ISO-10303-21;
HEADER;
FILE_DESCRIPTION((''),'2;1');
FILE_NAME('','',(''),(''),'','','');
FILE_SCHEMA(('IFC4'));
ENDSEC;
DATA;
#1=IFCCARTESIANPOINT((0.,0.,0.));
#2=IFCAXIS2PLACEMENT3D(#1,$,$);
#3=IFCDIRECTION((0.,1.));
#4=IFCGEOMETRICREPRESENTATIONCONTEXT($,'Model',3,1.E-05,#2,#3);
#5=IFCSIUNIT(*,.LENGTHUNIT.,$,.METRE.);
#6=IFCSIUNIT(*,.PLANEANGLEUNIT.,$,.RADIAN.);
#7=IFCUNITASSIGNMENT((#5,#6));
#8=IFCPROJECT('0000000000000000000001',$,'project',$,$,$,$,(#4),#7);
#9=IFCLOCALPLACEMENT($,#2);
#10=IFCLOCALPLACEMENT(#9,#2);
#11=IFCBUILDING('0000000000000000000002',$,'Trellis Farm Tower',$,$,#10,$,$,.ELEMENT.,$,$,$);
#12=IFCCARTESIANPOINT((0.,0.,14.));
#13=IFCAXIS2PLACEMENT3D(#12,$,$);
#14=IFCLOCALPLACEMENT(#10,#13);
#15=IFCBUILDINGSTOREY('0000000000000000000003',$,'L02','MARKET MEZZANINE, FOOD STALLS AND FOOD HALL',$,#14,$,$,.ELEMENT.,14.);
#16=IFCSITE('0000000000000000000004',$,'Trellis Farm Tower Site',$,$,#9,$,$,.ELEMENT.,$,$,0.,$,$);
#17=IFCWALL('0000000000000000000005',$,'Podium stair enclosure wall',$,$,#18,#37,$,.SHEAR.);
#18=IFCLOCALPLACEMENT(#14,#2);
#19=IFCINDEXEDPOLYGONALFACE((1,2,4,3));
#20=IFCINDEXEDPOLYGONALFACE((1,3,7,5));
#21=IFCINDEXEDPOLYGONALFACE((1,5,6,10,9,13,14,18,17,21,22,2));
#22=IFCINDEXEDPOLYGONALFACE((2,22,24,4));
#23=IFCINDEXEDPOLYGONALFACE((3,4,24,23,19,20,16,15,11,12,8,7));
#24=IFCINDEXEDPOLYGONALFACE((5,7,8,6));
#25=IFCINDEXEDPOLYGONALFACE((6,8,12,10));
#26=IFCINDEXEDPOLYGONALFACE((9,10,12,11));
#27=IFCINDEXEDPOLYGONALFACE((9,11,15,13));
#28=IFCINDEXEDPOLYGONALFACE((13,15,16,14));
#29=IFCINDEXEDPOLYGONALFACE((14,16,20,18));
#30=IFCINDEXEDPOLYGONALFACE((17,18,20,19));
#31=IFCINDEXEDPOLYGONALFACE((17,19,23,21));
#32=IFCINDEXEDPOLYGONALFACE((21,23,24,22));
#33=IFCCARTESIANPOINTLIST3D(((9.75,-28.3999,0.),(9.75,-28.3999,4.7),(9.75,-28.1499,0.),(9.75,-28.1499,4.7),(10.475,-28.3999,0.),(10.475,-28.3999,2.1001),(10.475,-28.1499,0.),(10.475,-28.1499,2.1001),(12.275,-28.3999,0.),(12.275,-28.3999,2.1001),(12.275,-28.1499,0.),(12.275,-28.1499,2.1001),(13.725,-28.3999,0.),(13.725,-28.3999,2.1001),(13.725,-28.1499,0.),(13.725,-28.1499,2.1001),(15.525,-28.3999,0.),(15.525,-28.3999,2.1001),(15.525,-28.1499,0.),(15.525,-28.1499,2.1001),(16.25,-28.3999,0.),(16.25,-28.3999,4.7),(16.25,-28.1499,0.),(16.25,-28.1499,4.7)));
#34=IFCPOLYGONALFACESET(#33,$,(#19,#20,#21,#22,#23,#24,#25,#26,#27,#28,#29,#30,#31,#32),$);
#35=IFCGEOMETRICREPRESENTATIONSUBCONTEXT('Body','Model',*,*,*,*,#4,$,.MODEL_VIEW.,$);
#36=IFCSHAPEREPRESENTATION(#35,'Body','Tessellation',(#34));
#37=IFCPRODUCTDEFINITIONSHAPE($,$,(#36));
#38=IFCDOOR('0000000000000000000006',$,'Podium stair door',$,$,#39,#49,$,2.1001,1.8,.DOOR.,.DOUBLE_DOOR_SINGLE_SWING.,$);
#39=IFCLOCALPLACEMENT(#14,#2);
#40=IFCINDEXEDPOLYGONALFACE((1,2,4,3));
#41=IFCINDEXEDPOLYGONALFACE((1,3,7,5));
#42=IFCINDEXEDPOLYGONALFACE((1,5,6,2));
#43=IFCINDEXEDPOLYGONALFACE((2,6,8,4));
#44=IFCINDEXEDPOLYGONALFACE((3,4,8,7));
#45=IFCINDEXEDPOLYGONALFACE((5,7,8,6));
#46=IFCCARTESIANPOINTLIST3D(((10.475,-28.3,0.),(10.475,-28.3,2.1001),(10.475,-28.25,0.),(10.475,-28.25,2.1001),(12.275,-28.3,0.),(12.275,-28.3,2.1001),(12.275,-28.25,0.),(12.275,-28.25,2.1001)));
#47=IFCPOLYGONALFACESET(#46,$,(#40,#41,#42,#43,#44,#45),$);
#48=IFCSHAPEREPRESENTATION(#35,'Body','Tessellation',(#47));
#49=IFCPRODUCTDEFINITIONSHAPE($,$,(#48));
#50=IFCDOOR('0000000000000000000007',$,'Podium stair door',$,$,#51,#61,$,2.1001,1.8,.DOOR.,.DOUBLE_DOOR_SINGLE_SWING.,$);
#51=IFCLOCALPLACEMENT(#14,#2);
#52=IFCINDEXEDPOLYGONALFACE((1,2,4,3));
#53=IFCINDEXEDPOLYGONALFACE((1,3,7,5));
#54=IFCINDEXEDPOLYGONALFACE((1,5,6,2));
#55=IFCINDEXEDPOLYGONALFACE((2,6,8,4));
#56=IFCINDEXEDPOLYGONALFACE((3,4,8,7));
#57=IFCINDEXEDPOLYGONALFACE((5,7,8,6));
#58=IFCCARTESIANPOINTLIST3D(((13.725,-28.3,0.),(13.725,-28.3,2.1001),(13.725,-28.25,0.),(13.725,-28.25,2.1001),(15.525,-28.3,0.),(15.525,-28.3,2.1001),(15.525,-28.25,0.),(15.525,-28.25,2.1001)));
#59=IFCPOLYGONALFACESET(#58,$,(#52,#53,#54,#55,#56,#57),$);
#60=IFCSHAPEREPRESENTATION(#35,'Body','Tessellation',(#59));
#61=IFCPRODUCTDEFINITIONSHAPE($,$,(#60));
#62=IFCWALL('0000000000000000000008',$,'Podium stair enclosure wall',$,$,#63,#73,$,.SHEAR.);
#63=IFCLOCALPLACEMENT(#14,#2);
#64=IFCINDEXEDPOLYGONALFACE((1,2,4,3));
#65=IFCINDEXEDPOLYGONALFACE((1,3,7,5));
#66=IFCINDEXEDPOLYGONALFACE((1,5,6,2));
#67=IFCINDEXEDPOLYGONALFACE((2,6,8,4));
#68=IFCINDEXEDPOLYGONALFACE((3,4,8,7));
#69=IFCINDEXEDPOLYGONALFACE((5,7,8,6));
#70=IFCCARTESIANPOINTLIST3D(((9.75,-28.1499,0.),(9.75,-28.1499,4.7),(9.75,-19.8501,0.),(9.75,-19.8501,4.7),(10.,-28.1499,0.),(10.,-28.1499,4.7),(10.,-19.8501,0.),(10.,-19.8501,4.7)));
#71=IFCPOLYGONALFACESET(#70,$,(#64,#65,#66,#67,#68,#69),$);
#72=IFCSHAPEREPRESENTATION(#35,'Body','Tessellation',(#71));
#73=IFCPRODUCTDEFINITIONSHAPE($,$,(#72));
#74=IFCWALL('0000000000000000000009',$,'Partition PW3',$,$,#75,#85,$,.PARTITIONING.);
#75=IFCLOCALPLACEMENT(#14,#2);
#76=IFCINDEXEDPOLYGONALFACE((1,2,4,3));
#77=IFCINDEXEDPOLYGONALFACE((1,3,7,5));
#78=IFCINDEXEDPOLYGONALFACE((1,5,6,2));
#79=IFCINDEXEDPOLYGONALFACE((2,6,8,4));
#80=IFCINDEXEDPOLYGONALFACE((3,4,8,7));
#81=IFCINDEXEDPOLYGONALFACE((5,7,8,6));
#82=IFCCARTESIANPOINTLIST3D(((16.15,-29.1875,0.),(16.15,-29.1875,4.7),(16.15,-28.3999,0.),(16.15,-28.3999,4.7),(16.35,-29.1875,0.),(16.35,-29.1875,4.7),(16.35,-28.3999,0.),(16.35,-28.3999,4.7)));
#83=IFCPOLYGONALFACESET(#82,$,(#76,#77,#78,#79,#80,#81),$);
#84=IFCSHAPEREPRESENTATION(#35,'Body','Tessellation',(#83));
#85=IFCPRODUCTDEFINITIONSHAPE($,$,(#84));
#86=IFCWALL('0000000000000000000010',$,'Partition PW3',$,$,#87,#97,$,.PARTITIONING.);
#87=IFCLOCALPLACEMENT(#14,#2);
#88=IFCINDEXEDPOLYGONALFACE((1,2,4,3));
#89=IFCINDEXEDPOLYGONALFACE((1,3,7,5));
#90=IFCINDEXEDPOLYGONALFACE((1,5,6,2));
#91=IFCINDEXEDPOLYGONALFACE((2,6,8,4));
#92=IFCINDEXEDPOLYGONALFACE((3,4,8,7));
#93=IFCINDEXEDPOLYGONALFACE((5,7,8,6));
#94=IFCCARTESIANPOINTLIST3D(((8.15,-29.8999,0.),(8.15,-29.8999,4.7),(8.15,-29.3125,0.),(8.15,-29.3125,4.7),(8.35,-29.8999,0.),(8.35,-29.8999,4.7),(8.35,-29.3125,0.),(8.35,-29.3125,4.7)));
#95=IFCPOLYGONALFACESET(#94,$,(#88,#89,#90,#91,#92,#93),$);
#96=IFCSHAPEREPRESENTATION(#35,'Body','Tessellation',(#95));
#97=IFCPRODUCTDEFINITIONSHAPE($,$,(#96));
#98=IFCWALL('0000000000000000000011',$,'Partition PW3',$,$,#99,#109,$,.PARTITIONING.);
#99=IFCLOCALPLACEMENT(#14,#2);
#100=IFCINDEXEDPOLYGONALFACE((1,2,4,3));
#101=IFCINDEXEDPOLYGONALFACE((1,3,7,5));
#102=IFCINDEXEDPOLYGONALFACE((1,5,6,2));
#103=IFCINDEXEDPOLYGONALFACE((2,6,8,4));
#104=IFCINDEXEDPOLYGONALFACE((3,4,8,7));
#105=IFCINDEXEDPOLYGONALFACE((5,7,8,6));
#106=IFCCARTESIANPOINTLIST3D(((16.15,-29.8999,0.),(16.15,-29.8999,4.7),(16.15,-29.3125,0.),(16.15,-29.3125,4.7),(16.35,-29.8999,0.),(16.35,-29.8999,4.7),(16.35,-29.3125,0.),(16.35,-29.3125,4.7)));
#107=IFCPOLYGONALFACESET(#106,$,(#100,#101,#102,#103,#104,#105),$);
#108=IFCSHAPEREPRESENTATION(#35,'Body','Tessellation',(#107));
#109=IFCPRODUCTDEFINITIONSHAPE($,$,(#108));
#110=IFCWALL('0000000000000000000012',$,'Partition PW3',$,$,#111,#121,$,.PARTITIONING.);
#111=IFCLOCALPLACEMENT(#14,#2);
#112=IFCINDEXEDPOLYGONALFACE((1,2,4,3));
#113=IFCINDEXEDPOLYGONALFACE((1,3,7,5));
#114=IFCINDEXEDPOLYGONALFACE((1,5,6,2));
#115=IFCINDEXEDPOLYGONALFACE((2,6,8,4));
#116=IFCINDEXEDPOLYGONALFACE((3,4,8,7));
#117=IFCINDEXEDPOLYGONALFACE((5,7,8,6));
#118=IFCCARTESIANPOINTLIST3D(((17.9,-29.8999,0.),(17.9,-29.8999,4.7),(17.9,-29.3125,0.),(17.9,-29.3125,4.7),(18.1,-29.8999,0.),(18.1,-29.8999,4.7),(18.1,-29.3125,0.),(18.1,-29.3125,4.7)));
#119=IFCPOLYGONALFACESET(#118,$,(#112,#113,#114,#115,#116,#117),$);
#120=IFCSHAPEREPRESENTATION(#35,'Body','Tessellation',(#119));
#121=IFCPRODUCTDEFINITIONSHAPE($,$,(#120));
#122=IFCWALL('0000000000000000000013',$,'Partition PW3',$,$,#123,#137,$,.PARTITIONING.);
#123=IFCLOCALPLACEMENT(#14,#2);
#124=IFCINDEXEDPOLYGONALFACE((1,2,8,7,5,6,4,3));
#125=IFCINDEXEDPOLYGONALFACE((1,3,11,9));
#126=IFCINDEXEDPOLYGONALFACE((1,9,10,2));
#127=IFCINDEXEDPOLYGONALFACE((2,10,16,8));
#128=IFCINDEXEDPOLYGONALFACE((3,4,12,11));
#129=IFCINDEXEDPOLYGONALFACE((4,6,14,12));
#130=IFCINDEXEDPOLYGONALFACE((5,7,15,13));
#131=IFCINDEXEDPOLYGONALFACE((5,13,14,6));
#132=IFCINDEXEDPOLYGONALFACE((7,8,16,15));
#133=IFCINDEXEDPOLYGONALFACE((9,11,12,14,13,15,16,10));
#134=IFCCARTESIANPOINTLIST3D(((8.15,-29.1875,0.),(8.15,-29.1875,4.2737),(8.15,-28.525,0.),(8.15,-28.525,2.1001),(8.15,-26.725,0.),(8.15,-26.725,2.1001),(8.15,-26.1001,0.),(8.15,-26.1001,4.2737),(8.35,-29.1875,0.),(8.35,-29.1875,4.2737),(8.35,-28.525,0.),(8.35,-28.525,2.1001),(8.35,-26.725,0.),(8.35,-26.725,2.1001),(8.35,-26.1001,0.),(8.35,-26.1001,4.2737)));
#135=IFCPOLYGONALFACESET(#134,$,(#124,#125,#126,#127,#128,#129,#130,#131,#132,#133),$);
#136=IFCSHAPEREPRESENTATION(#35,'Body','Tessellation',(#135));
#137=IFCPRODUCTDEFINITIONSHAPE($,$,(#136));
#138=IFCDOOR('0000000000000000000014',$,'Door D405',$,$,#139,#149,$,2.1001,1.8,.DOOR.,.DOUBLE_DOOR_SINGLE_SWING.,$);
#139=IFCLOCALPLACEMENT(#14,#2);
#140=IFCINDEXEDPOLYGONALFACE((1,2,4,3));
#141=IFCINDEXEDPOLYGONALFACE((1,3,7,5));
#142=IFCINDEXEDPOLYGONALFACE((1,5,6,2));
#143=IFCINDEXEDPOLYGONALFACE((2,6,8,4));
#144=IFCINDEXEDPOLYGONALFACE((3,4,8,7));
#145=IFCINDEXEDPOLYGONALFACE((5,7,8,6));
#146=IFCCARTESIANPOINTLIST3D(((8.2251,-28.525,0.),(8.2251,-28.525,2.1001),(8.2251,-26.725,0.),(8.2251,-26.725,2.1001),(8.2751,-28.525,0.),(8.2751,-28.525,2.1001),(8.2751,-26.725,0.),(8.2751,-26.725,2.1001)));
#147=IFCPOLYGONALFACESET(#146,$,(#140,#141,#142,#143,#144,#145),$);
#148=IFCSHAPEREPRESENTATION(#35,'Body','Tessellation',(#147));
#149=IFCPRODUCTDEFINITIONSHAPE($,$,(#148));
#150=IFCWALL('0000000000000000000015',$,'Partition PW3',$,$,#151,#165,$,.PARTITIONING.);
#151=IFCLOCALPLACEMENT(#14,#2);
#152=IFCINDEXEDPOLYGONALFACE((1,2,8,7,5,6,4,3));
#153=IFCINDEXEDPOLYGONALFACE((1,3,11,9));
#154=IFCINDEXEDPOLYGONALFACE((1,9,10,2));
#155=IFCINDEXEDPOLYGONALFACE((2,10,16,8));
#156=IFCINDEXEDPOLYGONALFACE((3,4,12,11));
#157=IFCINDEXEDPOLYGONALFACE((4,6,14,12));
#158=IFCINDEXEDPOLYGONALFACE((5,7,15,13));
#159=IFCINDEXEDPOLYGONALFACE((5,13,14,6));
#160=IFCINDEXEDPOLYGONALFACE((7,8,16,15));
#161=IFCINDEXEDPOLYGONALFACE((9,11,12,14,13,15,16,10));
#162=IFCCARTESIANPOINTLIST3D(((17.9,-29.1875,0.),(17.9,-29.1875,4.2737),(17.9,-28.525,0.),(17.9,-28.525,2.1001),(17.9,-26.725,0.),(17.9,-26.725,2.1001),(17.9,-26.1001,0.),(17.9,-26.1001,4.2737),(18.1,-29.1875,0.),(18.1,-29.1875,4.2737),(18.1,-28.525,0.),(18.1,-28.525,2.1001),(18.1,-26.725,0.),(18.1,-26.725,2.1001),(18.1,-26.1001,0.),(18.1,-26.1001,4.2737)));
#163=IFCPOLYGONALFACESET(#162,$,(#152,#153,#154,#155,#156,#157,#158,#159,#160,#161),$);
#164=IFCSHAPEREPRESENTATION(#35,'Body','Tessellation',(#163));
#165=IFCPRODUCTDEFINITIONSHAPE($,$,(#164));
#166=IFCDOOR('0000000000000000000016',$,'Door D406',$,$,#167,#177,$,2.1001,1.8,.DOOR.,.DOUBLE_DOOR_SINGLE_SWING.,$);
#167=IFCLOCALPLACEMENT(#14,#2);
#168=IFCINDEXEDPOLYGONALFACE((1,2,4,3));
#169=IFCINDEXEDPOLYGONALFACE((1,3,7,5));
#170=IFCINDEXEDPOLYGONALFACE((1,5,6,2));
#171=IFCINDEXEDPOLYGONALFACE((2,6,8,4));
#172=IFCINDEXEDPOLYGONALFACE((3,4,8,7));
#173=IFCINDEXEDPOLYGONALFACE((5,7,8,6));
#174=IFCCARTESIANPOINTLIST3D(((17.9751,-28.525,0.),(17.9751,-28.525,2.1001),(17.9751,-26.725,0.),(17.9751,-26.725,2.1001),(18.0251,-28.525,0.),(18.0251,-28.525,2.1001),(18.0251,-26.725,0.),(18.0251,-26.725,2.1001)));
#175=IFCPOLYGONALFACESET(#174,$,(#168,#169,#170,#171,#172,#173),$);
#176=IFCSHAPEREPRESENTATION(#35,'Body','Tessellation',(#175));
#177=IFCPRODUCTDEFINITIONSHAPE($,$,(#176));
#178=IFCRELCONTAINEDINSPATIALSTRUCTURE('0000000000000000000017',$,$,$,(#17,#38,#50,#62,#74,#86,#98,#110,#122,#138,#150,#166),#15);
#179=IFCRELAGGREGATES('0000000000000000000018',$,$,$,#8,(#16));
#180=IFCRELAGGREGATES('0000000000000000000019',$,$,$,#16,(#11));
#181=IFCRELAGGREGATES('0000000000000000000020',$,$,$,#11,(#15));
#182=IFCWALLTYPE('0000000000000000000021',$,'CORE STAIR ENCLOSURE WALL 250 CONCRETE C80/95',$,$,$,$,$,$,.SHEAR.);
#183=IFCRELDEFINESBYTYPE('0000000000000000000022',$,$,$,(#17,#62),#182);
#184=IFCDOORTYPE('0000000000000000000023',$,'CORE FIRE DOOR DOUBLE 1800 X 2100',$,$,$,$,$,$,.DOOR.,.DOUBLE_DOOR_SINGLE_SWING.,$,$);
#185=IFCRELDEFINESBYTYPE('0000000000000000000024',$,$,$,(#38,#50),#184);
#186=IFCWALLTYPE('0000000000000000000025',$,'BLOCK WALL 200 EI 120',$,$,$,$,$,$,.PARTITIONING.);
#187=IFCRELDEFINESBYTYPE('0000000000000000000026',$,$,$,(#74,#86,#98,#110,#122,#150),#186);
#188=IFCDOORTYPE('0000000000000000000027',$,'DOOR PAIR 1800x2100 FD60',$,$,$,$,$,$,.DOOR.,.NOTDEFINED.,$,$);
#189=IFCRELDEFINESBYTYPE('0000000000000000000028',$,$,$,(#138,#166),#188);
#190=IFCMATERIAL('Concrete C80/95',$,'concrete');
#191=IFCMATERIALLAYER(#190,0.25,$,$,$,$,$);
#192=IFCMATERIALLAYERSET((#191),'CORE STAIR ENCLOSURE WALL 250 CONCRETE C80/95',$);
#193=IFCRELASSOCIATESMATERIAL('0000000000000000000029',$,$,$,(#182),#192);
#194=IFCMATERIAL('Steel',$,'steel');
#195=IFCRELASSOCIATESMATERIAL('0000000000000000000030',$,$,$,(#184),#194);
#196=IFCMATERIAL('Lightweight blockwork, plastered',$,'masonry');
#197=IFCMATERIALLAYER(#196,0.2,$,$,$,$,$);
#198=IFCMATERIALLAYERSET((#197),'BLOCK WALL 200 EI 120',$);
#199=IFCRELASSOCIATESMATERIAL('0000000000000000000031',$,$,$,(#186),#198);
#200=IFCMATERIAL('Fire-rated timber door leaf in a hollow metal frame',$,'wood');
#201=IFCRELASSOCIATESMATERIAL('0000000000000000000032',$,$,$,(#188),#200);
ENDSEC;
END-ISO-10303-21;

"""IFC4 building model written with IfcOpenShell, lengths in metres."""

from ifc_helpers import new_model, si_unit, direction, frame, frame_2d, origin, place, context, subcontext, project, spatial, rectangle, extrude, source, transform, mapped, material, layer, layer_set, type_object, element, fill, save


model = new_model("IFC4")

# Units and contexts
model_context = context("Model", 3, precision=1e-05, world=origin(), true_north=direction((0.0, 1.0)))
body_context = subcontext(model_context, "Body", "Model", "MODEL_VIEW")
ifc_project = project(units=[si_unit("LENGTHUNIT", "METRE"), si_unit("PLANEANGLEUNIT", "RADIAN")], contexts=[model_context])

# Site, building, storey
site_placement = place(None, origin())
site = spatial("IfcSite", under=ifc_project, at=site_placement, Name="Trellis Farm Tower Site", CompositionType="ELEMENT", RefElevation=0.0)
building_placement = place(site_placement, origin())
building = spatial("IfcBuilding", under=site, at=building_placement, Name="Trellis Farm Tower", CompositionType="ELEMENT")
storey_placement = place(building_placement, frame((0.0, 0.0, 14.0)))
storey = spatial("IfcBuildingStorey", under=building, at=storey_placement, Name="L02", Description="MARKET MEZZANINE, FOOD STALLS AND FOOD HALL", CompositionType="ELEMENT", Elevation=14.0)

# Shared definitions
ifc_material_1 = material(Name="Concrete C80/95", Category="concrete")

# Wall, openings, doors
ifc_layer_1 = layer(ifc_material_1, 0.25)
ifc_layer_set_1 = layer_set([ifc_layer_1], Name="CORE STAIR ENCLOSURE WALL 250 CONCRETE C80/95")
wall_type_1 = type_object("IfcWallType", Name="CORE STAIR ENCLOSURE WALL 250 CONCRETE C80/95", PredefinedType="SHEAR", material=ifc_layer_set_1)
shared_shape_1 = source(origin(), body_context, "Body", "SweptSolid", [
    extrude(rectangle(XDim=6.5, YDim=0.25, at=frame_2d((3.25, 0.0))), origin(), (0.0, 0.0, 1.0), 4.7),
])
wall_1_placement = place(storey_placement, frame((9.75, -28.2749, 0.0), z_axis=(0.0, 0.0, 1.0), x_axis=(1.0, 0.0, 0.0)))
wall_1 = element("IfcWall", 1, at=wall_1_placement, inside=storey, type_object=wall_type_1, Name="Podium stair enclosure wall", PredefinedType="SHEAR", context=body_context, shape_type="MappedRepresentation", body=[
    mapped(shared_shape_1, transform((0.0, 0.0, 0.0))),
])
shared_shape_2 = source(origin(), body_context, "Body", "SweptSolid", [
    extrude(rectangle(XDim=1.8, YDim=2.1001, at=frame_2d((0.8999, 1.05))), frame((0.0, 0.135, 0.0), z_axis=(0.0, -1.0, 0.0), x_axis=(1.0, 0.0, 0.0)), (0.0, 0.0, 1.0), 0.27),
])
opening_1_placement = place(wall_1_placement, frame((0.7251, 0.0, 0.0)))
opening_1 = element("IfcOpeningElement", 2, at=opening_1_placement, cuts=wall_1, PredefinedType="OPENING", context=body_context, shape_type="MappedRepresentation", body=[
    mapped(shared_shape_2, transform((0.0, 0.0, 0.0))),
])
opening_2_placement = place(wall_1_placement, frame((3.9751, 0.0, 0.0)))
opening_2 = element("IfcOpeningElement", 3, at=opening_2_placement, cuts=wall_1, PredefinedType="OPENING", context=body_context, shape_type="MappedRepresentation", body=[
    mapped(shared_shape_2, transform((0.0, 0.0, 0.0))),
])
ifc_material_2 = material(Name="Steel", Category="steel")
door_type_1 = type_object("IfcDoorType", Name="CORE FIRE DOOR DOUBLE 1800 X 2100", OperationType="DOUBLE_DOOR_SINGLE_SWING", PredefinedType="DOOR", material=ifc_material_2)
shared_shape_3 = source(origin(), body_context, "Body", "SweptSolid", [
    extrude(rectangle(XDim=1.8, YDim=2.1001, at=frame_2d((0.8999, 1.05))), frame((0.0, 0.0249, 0.0), z_axis=(0.0, -1.0, 0.0), x_axis=(1.0, 0.0, 0.0)), (0.0, 0.0, 1.0), 0.05),
])
door_1_placement = place(opening_1_placement, origin())
door_1 = element("IfcDoor", 4, at=door_1_placement, inside=storey, type_object=door_type_1, Name="Podium stair door", OperationType="DOUBLE_DOOR_SINGLE_SWING", OverallHeight=2.1001, OverallWidth=1.8, PredefinedType="DOOR", context=body_context, shape_type="MappedRepresentation", body=[
    mapped(shared_shape_3, transform((0.0, 0.0, 0.0))),
])
fill(opening_1, door_1)
door_2_placement = place(opening_2_placement, origin())
door_2 = element("IfcDoor", 5, at=door_2_placement, inside=storey, type_object=door_type_1, Name="Podium stair door", OperationType="DOUBLE_DOOR_SINGLE_SWING", OverallHeight=2.1001, OverallWidth=1.8, PredefinedType="DOOR", context=body_context, shape_type="MappedRepresentation", body=[
    mapped(shared_shape_3, transform((0.0, 0.0, 0.0))),
])
fill(opening_2, door_2)

# Walls
shared_shape_4 = source(origin(), body_context, "Body", "SweptSolid", [
    extrude(rectangle(XDim=8.2998, YDim=0.25, at=frame_2d((4.1499, 0.0))), origin(), (0.0, 0.0, 1.0), 4.7),
])
wall_2_placement = place(storey_placement, frame((9.875, -28.1499, 0.0), z_axis=(0.0, 0.0, 1.0), x_axis=(0.0, 1.0, 0.0)))
element("IfcWall", 6, at=wall_2_placement, inside=storey, type_object=wall_type_1, Name="Podium stair enclosure wall", PredefinedType="SHEAR", context=body_context, shape_type="MappedRepresentation", body=[
    mapped(shared_shape_4, transform((0.0, 0.0, 0.0))),
])
ifc_material_3 = material(Name="Lightweight blockwork, plastered", Category="masonry")
ifc_layer_2 = layer(ifc_material_3, 0.2)
ifc_layer_set_2 = layer_set([ifc_layer_2], Name="BLOCK WALL 200 EI 120")
wall_type_2 = type_object("IfcWallType", Name="BLOCK WALL 200 EI 120", PredefinedType="PARTITIONING", material=ifc_layer_set_2)
shared_shape_5 = source(origin(), body_context, "Body", "SweptSolid", [
    extrude(rectangle(XDim=0.7876, YDim=0.2, at=frame_2d((0.3938, 0.0))), origin(), (0.0, 0.0, 1.0), 4.7),
])
wall_3_placement = place(storey_placement, frame((16.25, -29.1875, 0.0), z_axis=(0.0, 0.0, 1.0), x_axis=(0.0, 1.0, 0.0)))
element("IfcWall", 7, at=wall_3_placement, inside=storey, type_object=wall_type_2, Name="Partition PW3", PredefinedType="PARTITIONING", context=body_context, shape_type="MappedRepresentation", body=[
    mapped(shared_shape_5, transform((0.0, 0.0, 0.0))),
])
shared_shape_6 = source(origin(), body_context, "Body", "SweptSolid", [
    extrude(rectangle(XDim=0.5874, YDim=0.2, at=frame_2d((0.2937, 0.0))), origin(), (0.0, 0.0, 1.0), 4.7),
])
for number, where, z_axis, x_axis, name in (
    (8, (8.25, -29.3125, 0.0), (0.0, 0.0, 1.0), (0.0, -1.0, 0.0), "Partition PW3"),
    (9, (16.25, -29.8999, 0.0), (0.0, 0.0, 1.0), (0.0, 1.0, 0.0), "Partition PW3"),
    (10, (18.0, -29.8999, 0.0), (0.0, 0.0, 1.0), (0.0, 1.0, 0.0), "Partition PW3"),
):
    element("IfcWall", number, at=place(storey_placement, frame(where, z_axis=z_axis, x_axis=x_axis)), inside=storey, type_object=wall_type_2, Name=name, PredefinedType="PARTITIONING", context=body_context, shape_type="MappedRepresentation", body=[
        mapped(shared_shape_6, transform((0.0, 0.0, 0.0))),
    ])

# Walls, openings, doors
shared_shape_7 = source(origin(), body_context, "Body", "SweptSolid", [
    extrude(rectangle(XDim=3.0874, YDim=0.2, at=frame_2d((1.5437, 0.0))), origin(), (0.0, 0.0, 1.0), 4.2737),
])
wall_4_placement = place(storey_placement, frame((8.25, -29.1875, 0.0), z_axis=(0.0, 0.0, 1.0), x_axis=(0.0, 1.0, 0.0)))
wall_4 = element("IfcWall", 11, at=wall_4_placement, inside=storey, type_object=wall_type_2, Name="Partition PW3", PredefinedType="PARTITIONING", context=body_context, shape_type="MappedRepresentation", body=[
    mapped(shared_shape_7, transform((0.0, 0.0, 0.0))),
])
shared_shape_8 = source(origin(), body_context, "Body", "SweptSolid", [
    extrude(rectangle(XDim=1.8, YDim=2.1001, at=frame_2d((0.8999, 1.05))), frame((0.0, 0.1101, 0.0), z_axis=(0.0, -1.0, 0.0), x_axis=(1.0, 0.0, 0.0)), (0.0, 0.0, 1.0), 0.2202),
])
opening_3_placement = place(wall_4_placement, frame((0.6626, 0.0, 0.0)))
opening_3 = element("IfcOpeningElement", 12, at=opening_3_placement, cuts=wall_4, PredefinedType="OPENING", context=body_context, shape_type="MappedRepresentation", body=[
    mapped(shared_shape_8, transform((0.0, 0.0, 0.0))),
])
ifc_material_4 = material(Name="Fire-rated timber door leaf in a hollow metal frame", Category="wood")
door_type_2 = type_object("IfcDoorType", Name="DOOR PAIR 1800x2100 FD60", OperationType="NOTDEFINED", PredefinedType="DOOR", material=ifc_material_4)
door_3_placement = place(opening_3_placement, origin())
door_3 = element("IfcDoor", 13, at=door_3_placement, inside=storey, type_object=door_type_2, Name="Door D405", OperationType="DOUBLE_DOOR_SINGLE_SWING", OverallHeight=2.1001, OverallWidth=1.8, PredefinedType="DOOR", context=body_context, shape_type="MappedRepresentation", body=[
    mapped(shared_shape_3, transform((0.0, 0.0, 0.0))),
])
fill(opening_3, door_3)
wall_5_placement = place(storey_placement, frame((18.0, -29.1875, 0.0), z_axis=(0.0, 0.0, 1.0), x_axis=(0.0, 1.0, 0.0)))
wall_5 = element("IfcWall", 14, at=wall_5_placement, inside=storey, type_object=wall_type_2, Name="Partition PW3", PredefinedType="PARTITIONING", context=body_context, shape_type="MappedRepresentation", body=[
    mapped(shared_shape_7, transform((0.0, 0.0, 0.0))),
])
opening_4_placement = place(wall_5_placement, frame((0.6626, 0.0, 0.0)))
opening_4 = element("IfcOpeningElement", 15, at=opening_4_placement, cuts=wall_5, PredefinedType="OPENING", context=body_context, shape_type="MappedRepresentation", body=[
    mapped(shared_shape_8, transform((0.0, 0.0, 0.0))),
])
door_4_placement = place(opening_4_placement, origin())
door_4 = element("IfcDoor", 16, at=door_4_placement, inside=storey, type_object=door_type_2, Name="Door D406", OperationType="DOUBLE_DOOR_SINGLE_SWING", OverallHeight=2.1001, OverallWidth=1.8, PredefinedType="DOOR", context=body_context, shape_type="MappedRepresentation", body=[
    mapped(shared_shape_3, transform((0.0, 0.0, 0.0))),
])
fill(opening_4, door_4)

save(model, "model.ifc")
